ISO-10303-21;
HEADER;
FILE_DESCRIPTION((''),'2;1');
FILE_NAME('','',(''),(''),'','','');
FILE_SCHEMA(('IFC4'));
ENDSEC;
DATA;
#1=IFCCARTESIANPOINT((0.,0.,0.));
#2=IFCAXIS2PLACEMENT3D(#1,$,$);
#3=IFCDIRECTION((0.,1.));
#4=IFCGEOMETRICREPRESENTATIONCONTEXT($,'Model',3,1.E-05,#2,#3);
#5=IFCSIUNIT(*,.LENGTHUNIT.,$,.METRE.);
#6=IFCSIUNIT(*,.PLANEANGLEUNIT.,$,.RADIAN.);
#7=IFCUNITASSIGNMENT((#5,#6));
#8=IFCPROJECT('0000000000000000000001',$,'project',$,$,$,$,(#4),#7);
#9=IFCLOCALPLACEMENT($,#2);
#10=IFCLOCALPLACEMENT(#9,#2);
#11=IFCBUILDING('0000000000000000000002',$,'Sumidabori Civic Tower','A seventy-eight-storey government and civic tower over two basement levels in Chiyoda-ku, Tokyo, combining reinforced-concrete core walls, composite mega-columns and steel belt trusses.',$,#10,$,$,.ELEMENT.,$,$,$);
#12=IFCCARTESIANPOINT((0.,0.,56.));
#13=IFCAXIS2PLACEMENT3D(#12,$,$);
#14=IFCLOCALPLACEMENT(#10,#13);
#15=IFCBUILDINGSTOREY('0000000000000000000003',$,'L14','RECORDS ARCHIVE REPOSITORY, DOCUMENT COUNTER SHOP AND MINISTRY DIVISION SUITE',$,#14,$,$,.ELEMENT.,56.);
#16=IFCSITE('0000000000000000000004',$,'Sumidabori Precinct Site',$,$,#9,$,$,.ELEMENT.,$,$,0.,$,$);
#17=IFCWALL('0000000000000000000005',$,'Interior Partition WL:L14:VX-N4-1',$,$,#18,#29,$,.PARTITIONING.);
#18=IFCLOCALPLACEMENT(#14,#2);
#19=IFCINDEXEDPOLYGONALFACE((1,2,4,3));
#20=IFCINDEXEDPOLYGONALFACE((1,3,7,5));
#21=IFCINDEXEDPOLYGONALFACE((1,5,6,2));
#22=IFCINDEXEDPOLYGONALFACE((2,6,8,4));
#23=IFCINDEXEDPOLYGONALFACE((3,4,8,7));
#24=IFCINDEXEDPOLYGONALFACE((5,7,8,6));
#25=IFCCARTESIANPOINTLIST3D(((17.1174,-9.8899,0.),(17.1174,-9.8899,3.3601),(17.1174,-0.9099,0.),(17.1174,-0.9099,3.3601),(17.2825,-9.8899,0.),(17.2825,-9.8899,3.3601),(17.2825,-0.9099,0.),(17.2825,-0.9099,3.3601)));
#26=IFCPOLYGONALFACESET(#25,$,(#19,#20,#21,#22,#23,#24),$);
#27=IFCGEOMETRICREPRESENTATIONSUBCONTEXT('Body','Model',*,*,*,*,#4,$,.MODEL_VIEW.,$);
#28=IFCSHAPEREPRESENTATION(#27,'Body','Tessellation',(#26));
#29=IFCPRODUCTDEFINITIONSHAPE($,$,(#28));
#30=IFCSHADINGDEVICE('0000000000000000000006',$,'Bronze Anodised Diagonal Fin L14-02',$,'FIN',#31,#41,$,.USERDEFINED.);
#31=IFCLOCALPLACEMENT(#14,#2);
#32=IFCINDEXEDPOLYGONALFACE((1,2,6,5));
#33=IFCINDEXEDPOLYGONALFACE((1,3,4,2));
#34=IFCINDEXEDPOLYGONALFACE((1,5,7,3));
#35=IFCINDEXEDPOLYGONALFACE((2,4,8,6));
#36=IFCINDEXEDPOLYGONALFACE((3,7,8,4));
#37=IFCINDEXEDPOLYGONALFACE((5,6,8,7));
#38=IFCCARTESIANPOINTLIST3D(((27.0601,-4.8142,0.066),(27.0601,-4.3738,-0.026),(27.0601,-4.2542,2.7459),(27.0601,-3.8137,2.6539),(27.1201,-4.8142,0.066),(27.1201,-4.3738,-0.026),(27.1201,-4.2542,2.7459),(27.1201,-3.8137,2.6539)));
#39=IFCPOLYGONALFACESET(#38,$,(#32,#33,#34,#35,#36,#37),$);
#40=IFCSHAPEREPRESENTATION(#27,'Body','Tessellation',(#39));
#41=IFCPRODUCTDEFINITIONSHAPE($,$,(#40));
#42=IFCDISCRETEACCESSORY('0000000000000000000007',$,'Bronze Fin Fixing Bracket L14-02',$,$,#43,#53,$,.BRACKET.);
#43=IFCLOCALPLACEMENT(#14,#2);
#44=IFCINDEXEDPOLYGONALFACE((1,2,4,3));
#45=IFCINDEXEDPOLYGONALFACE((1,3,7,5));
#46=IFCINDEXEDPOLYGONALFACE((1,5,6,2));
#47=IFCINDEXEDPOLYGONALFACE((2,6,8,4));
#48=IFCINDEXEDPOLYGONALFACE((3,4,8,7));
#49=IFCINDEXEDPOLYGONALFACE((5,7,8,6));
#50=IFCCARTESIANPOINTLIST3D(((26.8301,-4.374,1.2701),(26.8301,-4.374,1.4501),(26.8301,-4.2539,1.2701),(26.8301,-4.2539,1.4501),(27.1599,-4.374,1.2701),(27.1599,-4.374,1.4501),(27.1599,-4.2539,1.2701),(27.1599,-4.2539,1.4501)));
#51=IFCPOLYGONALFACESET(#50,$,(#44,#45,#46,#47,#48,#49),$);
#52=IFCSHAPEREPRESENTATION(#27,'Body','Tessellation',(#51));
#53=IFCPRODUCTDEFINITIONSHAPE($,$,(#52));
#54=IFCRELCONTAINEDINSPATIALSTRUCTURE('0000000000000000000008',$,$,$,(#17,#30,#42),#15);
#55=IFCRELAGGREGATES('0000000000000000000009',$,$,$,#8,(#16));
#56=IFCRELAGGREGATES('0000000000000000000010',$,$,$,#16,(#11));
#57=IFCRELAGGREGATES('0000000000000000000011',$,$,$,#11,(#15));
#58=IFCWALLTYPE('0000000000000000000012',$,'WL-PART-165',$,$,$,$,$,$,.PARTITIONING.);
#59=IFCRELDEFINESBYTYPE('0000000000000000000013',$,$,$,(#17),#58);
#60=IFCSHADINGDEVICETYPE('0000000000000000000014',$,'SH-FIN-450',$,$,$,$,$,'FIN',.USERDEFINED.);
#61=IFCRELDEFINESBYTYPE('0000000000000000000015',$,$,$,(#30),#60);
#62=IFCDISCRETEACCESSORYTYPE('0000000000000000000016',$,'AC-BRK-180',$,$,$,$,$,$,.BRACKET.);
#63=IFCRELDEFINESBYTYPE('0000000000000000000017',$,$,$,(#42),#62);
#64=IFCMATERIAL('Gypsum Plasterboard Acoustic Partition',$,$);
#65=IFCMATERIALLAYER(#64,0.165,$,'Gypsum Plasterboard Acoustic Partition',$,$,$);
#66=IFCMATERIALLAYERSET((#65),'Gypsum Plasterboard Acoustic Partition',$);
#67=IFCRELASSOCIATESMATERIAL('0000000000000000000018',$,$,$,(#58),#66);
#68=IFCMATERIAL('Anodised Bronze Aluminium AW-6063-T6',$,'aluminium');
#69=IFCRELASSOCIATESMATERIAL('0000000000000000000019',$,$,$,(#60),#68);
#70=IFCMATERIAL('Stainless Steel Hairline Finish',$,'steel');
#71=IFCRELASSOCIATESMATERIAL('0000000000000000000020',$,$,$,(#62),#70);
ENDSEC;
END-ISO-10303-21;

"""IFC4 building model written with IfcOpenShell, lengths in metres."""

from ifc_helpers import new_model, si_unit, direction, frame, frame_2d, origin, origin_2d, place, context, subcontext, project, spatial, rectangle, extrude, source, transform, mapped, material, layer, layer_set, material_profile, profile_set, type_object, element, save


model = new_model("IFC4")

# Units and contexts
model_context = context("Model", 3, precision=1e-05, world=origin(), true_north=direction((0.0, 1.0)))
body_context = subcontext(model_context, "Body", "Model", "MODEL_VIEW")
ifc_project = project(units=[si_unit("LENGTHUNIT", "METRE"), si_unit("PLANEANGLEUNIT", "RADIAN")], contexts=[model_context])

# Site, building, storey
site_placement = place(None, origin())
site = spatial("IfcSite", under=ifc_project, at=site_placement, Name="Sumidabori Precinct Site", CompositionType="ELEMENT", RefElevation=0.0)
building_placement = place(site_placement, origin())
building = spatial("IfcBuilding", under=site, at=building_placement, Name="Sumidabori Civic Tower", Description="A seventy-eight-storey government and civic tower over two basement levels in Chiyoda-ku, Tokyo, combining reinforced-concrete core walls, composite mega-columns and steel belt trusses.", CompositionType="ELEMENT")
storey_placement = place(building_placement, frame((0.0, 0.0, 56.0)))
storey = spatial("IfcBuildingStorey", under=building, at=storey_placement, Name="L14", Description="RECORDS ARCHIVE REPOSITORY, DOCUMENT COUNTER SHOP AND MINISTRY DIVISION SUITE", CompositionType="ELEMENT", Elevation=56.0)

# Shared definitions
ifc_material_1 = material(Name="Anodised Bronze Aluminium AW-6063-T6", Category="aluminium")

# Shared definitions
ifc_material_2 = material(Name="Gypsum Plasterboard Acoustic Partition")
ifc_layer_1 = layer(ifc_material_2, 0.165, Name="Gypsum Plasterboard Acoustic Partition")
ifc_layer_set_1 = layer_set([ifc_layer_1], Name="Gypsum Plasterboard Acoustic Partition")
wall_type = type_object("IfcWallType", Name="WL-PART-165", PredefinedType="PARTITIONING", material=ifc_layer_set_1)

# Wall
shared_shape_1 = source(origin(), body_context, "Body", "SweptSolid", [
    extrude(rectangle(XDim=8.98, YDim=0.165, at=frame_2d((4.49, 0.0))), origin(), (0.0, 0.0, 1.0), 3.3601),
])
wall_1_placement = place(storey_placement, frame((17.2, -9.8899, 0.0), z_axis=(0.0, 0.0, 1.0), x_axis=(0.0, 1.0, 0.0)))
element("IfcWall", 1, at=wall_1_placement, inside=storey, type_object=wall_type, Name="Interior Partition WL:L14:VX-N4-1", PredefinedType="PARTITIONING", context=body_context, shape_type="MappedRepresentation", body=[
    mapped(shared_shape_1, transform((0.0, 0.0, 0.0), x_axis=(1.0, 0.0, 0.0), y_axis=(0.0, 1.0, 0.0), z_axis=(0.0, 0.0, 1.0), scale=1.0)),
])

# Shading device
ifc_material_profile_1 = material_profile(ifc_material_1, rectangle(XDim=0.0601, YDim=0.45, at=origin_2d()), Name="BRONZE FIN 450x60")
ifc_profile_set_1 = profile_set([ifc_material_profile_1], Name="Anodised Bronze Aluminium AW-6063-T6")
shading_device_type = type_object("IfcShadingDeviceType", Name="SH-FIN-450", ElementType="FIN", PredefinedType="USERDEFINED", material=ifc_profile_set_1)
shared_shape_2 = source(origin(), body_context, "Body", "SweptSolid", [
    extrude(rectangle(XDim=0.0601, YDim=0.45, at=origin_2d()), origin(), (0.0, 0.0, 1.0), 2.7378),
])
shading_device_placement = place(storey_placement, frame((27.0901, -4.594, 0.02), z_axis=(0.0, 0.204563, 0.978853), x_axis=(-1.0, 0.0, 0.0)))
element("IfcShadingDevice", 2, at=shading_device_placement, inside=storey, type_object=shading_device_type, Name="Bronze Anodised Diagonal Fin L14-02", ObjectType="FIN", PredefinedType="USERDEFINED", context=body_context, shape_type="MappedRepresentation", body=[
    mapped(shared_shape_2, transform((0.0, 0.0, 0.0), x_axis=(1.0, 0.0, 0.0), y_axis=(0.0, 1.0, 0.0), z_axis=(0.0, 0.0, 1.0), scale=1.0)),
])

# Discrete accessory
ifc_material_3 = material(Name="Stainless Steel Hairline Finish", Category="steel")
ifc_material_profile_2 = material_profile(ifc_material_3, rectangle(XDim=0.1201, YDim=0.1799, at=origin_2d()), Name="STEEL BRACKET 180x120")
ifc_profile_set_2 = profile_set([ifc_material_profile_2], Name="Stainless Steel Hairline Finish")
discrete_accessory_type = type_object("IfcDiscreteAccessoryType", Name="AC-BRK-180", PredefinedType="BRACKET", material=ifc_profile_set_2)
shared_shape_3 = source(origin(), body_context, "Body", "SweptSolid", [
    extrude(rectangle(XDim=0.1201, YDim=0.1799, at=origin_2d()), origin(), (0.0, 0.0, 1.0), 0.3298),
])
discrete_accessory_placement = place(storey_placement, frame((26.8301, -4.314, 1.3601), z_axis=(1.0, 0.0, 0.0), x_axis=(0.0, 1.0, 0.0)))
element("IfcDiscreteAccessory", 3, at=discrete_accessory_placement, inside=storey, type_object=discrete_accessory_type, Name="Bronze Fin Fixing Bracket L14-02", PredefinedType="BRACKET", context=body_context, shape_type="MappedRepresentation", body=[
    mapped(shared_shape_3, transform((0.0, 0.0, 0.0), x_axis=(1.0, 0.0, 0.0), y_axis=(0.0, 1.0, 0.0), z_axis=(0.0, 0.0, 1.0), scale=1.0)),
])

save(model, "model.ifc")
